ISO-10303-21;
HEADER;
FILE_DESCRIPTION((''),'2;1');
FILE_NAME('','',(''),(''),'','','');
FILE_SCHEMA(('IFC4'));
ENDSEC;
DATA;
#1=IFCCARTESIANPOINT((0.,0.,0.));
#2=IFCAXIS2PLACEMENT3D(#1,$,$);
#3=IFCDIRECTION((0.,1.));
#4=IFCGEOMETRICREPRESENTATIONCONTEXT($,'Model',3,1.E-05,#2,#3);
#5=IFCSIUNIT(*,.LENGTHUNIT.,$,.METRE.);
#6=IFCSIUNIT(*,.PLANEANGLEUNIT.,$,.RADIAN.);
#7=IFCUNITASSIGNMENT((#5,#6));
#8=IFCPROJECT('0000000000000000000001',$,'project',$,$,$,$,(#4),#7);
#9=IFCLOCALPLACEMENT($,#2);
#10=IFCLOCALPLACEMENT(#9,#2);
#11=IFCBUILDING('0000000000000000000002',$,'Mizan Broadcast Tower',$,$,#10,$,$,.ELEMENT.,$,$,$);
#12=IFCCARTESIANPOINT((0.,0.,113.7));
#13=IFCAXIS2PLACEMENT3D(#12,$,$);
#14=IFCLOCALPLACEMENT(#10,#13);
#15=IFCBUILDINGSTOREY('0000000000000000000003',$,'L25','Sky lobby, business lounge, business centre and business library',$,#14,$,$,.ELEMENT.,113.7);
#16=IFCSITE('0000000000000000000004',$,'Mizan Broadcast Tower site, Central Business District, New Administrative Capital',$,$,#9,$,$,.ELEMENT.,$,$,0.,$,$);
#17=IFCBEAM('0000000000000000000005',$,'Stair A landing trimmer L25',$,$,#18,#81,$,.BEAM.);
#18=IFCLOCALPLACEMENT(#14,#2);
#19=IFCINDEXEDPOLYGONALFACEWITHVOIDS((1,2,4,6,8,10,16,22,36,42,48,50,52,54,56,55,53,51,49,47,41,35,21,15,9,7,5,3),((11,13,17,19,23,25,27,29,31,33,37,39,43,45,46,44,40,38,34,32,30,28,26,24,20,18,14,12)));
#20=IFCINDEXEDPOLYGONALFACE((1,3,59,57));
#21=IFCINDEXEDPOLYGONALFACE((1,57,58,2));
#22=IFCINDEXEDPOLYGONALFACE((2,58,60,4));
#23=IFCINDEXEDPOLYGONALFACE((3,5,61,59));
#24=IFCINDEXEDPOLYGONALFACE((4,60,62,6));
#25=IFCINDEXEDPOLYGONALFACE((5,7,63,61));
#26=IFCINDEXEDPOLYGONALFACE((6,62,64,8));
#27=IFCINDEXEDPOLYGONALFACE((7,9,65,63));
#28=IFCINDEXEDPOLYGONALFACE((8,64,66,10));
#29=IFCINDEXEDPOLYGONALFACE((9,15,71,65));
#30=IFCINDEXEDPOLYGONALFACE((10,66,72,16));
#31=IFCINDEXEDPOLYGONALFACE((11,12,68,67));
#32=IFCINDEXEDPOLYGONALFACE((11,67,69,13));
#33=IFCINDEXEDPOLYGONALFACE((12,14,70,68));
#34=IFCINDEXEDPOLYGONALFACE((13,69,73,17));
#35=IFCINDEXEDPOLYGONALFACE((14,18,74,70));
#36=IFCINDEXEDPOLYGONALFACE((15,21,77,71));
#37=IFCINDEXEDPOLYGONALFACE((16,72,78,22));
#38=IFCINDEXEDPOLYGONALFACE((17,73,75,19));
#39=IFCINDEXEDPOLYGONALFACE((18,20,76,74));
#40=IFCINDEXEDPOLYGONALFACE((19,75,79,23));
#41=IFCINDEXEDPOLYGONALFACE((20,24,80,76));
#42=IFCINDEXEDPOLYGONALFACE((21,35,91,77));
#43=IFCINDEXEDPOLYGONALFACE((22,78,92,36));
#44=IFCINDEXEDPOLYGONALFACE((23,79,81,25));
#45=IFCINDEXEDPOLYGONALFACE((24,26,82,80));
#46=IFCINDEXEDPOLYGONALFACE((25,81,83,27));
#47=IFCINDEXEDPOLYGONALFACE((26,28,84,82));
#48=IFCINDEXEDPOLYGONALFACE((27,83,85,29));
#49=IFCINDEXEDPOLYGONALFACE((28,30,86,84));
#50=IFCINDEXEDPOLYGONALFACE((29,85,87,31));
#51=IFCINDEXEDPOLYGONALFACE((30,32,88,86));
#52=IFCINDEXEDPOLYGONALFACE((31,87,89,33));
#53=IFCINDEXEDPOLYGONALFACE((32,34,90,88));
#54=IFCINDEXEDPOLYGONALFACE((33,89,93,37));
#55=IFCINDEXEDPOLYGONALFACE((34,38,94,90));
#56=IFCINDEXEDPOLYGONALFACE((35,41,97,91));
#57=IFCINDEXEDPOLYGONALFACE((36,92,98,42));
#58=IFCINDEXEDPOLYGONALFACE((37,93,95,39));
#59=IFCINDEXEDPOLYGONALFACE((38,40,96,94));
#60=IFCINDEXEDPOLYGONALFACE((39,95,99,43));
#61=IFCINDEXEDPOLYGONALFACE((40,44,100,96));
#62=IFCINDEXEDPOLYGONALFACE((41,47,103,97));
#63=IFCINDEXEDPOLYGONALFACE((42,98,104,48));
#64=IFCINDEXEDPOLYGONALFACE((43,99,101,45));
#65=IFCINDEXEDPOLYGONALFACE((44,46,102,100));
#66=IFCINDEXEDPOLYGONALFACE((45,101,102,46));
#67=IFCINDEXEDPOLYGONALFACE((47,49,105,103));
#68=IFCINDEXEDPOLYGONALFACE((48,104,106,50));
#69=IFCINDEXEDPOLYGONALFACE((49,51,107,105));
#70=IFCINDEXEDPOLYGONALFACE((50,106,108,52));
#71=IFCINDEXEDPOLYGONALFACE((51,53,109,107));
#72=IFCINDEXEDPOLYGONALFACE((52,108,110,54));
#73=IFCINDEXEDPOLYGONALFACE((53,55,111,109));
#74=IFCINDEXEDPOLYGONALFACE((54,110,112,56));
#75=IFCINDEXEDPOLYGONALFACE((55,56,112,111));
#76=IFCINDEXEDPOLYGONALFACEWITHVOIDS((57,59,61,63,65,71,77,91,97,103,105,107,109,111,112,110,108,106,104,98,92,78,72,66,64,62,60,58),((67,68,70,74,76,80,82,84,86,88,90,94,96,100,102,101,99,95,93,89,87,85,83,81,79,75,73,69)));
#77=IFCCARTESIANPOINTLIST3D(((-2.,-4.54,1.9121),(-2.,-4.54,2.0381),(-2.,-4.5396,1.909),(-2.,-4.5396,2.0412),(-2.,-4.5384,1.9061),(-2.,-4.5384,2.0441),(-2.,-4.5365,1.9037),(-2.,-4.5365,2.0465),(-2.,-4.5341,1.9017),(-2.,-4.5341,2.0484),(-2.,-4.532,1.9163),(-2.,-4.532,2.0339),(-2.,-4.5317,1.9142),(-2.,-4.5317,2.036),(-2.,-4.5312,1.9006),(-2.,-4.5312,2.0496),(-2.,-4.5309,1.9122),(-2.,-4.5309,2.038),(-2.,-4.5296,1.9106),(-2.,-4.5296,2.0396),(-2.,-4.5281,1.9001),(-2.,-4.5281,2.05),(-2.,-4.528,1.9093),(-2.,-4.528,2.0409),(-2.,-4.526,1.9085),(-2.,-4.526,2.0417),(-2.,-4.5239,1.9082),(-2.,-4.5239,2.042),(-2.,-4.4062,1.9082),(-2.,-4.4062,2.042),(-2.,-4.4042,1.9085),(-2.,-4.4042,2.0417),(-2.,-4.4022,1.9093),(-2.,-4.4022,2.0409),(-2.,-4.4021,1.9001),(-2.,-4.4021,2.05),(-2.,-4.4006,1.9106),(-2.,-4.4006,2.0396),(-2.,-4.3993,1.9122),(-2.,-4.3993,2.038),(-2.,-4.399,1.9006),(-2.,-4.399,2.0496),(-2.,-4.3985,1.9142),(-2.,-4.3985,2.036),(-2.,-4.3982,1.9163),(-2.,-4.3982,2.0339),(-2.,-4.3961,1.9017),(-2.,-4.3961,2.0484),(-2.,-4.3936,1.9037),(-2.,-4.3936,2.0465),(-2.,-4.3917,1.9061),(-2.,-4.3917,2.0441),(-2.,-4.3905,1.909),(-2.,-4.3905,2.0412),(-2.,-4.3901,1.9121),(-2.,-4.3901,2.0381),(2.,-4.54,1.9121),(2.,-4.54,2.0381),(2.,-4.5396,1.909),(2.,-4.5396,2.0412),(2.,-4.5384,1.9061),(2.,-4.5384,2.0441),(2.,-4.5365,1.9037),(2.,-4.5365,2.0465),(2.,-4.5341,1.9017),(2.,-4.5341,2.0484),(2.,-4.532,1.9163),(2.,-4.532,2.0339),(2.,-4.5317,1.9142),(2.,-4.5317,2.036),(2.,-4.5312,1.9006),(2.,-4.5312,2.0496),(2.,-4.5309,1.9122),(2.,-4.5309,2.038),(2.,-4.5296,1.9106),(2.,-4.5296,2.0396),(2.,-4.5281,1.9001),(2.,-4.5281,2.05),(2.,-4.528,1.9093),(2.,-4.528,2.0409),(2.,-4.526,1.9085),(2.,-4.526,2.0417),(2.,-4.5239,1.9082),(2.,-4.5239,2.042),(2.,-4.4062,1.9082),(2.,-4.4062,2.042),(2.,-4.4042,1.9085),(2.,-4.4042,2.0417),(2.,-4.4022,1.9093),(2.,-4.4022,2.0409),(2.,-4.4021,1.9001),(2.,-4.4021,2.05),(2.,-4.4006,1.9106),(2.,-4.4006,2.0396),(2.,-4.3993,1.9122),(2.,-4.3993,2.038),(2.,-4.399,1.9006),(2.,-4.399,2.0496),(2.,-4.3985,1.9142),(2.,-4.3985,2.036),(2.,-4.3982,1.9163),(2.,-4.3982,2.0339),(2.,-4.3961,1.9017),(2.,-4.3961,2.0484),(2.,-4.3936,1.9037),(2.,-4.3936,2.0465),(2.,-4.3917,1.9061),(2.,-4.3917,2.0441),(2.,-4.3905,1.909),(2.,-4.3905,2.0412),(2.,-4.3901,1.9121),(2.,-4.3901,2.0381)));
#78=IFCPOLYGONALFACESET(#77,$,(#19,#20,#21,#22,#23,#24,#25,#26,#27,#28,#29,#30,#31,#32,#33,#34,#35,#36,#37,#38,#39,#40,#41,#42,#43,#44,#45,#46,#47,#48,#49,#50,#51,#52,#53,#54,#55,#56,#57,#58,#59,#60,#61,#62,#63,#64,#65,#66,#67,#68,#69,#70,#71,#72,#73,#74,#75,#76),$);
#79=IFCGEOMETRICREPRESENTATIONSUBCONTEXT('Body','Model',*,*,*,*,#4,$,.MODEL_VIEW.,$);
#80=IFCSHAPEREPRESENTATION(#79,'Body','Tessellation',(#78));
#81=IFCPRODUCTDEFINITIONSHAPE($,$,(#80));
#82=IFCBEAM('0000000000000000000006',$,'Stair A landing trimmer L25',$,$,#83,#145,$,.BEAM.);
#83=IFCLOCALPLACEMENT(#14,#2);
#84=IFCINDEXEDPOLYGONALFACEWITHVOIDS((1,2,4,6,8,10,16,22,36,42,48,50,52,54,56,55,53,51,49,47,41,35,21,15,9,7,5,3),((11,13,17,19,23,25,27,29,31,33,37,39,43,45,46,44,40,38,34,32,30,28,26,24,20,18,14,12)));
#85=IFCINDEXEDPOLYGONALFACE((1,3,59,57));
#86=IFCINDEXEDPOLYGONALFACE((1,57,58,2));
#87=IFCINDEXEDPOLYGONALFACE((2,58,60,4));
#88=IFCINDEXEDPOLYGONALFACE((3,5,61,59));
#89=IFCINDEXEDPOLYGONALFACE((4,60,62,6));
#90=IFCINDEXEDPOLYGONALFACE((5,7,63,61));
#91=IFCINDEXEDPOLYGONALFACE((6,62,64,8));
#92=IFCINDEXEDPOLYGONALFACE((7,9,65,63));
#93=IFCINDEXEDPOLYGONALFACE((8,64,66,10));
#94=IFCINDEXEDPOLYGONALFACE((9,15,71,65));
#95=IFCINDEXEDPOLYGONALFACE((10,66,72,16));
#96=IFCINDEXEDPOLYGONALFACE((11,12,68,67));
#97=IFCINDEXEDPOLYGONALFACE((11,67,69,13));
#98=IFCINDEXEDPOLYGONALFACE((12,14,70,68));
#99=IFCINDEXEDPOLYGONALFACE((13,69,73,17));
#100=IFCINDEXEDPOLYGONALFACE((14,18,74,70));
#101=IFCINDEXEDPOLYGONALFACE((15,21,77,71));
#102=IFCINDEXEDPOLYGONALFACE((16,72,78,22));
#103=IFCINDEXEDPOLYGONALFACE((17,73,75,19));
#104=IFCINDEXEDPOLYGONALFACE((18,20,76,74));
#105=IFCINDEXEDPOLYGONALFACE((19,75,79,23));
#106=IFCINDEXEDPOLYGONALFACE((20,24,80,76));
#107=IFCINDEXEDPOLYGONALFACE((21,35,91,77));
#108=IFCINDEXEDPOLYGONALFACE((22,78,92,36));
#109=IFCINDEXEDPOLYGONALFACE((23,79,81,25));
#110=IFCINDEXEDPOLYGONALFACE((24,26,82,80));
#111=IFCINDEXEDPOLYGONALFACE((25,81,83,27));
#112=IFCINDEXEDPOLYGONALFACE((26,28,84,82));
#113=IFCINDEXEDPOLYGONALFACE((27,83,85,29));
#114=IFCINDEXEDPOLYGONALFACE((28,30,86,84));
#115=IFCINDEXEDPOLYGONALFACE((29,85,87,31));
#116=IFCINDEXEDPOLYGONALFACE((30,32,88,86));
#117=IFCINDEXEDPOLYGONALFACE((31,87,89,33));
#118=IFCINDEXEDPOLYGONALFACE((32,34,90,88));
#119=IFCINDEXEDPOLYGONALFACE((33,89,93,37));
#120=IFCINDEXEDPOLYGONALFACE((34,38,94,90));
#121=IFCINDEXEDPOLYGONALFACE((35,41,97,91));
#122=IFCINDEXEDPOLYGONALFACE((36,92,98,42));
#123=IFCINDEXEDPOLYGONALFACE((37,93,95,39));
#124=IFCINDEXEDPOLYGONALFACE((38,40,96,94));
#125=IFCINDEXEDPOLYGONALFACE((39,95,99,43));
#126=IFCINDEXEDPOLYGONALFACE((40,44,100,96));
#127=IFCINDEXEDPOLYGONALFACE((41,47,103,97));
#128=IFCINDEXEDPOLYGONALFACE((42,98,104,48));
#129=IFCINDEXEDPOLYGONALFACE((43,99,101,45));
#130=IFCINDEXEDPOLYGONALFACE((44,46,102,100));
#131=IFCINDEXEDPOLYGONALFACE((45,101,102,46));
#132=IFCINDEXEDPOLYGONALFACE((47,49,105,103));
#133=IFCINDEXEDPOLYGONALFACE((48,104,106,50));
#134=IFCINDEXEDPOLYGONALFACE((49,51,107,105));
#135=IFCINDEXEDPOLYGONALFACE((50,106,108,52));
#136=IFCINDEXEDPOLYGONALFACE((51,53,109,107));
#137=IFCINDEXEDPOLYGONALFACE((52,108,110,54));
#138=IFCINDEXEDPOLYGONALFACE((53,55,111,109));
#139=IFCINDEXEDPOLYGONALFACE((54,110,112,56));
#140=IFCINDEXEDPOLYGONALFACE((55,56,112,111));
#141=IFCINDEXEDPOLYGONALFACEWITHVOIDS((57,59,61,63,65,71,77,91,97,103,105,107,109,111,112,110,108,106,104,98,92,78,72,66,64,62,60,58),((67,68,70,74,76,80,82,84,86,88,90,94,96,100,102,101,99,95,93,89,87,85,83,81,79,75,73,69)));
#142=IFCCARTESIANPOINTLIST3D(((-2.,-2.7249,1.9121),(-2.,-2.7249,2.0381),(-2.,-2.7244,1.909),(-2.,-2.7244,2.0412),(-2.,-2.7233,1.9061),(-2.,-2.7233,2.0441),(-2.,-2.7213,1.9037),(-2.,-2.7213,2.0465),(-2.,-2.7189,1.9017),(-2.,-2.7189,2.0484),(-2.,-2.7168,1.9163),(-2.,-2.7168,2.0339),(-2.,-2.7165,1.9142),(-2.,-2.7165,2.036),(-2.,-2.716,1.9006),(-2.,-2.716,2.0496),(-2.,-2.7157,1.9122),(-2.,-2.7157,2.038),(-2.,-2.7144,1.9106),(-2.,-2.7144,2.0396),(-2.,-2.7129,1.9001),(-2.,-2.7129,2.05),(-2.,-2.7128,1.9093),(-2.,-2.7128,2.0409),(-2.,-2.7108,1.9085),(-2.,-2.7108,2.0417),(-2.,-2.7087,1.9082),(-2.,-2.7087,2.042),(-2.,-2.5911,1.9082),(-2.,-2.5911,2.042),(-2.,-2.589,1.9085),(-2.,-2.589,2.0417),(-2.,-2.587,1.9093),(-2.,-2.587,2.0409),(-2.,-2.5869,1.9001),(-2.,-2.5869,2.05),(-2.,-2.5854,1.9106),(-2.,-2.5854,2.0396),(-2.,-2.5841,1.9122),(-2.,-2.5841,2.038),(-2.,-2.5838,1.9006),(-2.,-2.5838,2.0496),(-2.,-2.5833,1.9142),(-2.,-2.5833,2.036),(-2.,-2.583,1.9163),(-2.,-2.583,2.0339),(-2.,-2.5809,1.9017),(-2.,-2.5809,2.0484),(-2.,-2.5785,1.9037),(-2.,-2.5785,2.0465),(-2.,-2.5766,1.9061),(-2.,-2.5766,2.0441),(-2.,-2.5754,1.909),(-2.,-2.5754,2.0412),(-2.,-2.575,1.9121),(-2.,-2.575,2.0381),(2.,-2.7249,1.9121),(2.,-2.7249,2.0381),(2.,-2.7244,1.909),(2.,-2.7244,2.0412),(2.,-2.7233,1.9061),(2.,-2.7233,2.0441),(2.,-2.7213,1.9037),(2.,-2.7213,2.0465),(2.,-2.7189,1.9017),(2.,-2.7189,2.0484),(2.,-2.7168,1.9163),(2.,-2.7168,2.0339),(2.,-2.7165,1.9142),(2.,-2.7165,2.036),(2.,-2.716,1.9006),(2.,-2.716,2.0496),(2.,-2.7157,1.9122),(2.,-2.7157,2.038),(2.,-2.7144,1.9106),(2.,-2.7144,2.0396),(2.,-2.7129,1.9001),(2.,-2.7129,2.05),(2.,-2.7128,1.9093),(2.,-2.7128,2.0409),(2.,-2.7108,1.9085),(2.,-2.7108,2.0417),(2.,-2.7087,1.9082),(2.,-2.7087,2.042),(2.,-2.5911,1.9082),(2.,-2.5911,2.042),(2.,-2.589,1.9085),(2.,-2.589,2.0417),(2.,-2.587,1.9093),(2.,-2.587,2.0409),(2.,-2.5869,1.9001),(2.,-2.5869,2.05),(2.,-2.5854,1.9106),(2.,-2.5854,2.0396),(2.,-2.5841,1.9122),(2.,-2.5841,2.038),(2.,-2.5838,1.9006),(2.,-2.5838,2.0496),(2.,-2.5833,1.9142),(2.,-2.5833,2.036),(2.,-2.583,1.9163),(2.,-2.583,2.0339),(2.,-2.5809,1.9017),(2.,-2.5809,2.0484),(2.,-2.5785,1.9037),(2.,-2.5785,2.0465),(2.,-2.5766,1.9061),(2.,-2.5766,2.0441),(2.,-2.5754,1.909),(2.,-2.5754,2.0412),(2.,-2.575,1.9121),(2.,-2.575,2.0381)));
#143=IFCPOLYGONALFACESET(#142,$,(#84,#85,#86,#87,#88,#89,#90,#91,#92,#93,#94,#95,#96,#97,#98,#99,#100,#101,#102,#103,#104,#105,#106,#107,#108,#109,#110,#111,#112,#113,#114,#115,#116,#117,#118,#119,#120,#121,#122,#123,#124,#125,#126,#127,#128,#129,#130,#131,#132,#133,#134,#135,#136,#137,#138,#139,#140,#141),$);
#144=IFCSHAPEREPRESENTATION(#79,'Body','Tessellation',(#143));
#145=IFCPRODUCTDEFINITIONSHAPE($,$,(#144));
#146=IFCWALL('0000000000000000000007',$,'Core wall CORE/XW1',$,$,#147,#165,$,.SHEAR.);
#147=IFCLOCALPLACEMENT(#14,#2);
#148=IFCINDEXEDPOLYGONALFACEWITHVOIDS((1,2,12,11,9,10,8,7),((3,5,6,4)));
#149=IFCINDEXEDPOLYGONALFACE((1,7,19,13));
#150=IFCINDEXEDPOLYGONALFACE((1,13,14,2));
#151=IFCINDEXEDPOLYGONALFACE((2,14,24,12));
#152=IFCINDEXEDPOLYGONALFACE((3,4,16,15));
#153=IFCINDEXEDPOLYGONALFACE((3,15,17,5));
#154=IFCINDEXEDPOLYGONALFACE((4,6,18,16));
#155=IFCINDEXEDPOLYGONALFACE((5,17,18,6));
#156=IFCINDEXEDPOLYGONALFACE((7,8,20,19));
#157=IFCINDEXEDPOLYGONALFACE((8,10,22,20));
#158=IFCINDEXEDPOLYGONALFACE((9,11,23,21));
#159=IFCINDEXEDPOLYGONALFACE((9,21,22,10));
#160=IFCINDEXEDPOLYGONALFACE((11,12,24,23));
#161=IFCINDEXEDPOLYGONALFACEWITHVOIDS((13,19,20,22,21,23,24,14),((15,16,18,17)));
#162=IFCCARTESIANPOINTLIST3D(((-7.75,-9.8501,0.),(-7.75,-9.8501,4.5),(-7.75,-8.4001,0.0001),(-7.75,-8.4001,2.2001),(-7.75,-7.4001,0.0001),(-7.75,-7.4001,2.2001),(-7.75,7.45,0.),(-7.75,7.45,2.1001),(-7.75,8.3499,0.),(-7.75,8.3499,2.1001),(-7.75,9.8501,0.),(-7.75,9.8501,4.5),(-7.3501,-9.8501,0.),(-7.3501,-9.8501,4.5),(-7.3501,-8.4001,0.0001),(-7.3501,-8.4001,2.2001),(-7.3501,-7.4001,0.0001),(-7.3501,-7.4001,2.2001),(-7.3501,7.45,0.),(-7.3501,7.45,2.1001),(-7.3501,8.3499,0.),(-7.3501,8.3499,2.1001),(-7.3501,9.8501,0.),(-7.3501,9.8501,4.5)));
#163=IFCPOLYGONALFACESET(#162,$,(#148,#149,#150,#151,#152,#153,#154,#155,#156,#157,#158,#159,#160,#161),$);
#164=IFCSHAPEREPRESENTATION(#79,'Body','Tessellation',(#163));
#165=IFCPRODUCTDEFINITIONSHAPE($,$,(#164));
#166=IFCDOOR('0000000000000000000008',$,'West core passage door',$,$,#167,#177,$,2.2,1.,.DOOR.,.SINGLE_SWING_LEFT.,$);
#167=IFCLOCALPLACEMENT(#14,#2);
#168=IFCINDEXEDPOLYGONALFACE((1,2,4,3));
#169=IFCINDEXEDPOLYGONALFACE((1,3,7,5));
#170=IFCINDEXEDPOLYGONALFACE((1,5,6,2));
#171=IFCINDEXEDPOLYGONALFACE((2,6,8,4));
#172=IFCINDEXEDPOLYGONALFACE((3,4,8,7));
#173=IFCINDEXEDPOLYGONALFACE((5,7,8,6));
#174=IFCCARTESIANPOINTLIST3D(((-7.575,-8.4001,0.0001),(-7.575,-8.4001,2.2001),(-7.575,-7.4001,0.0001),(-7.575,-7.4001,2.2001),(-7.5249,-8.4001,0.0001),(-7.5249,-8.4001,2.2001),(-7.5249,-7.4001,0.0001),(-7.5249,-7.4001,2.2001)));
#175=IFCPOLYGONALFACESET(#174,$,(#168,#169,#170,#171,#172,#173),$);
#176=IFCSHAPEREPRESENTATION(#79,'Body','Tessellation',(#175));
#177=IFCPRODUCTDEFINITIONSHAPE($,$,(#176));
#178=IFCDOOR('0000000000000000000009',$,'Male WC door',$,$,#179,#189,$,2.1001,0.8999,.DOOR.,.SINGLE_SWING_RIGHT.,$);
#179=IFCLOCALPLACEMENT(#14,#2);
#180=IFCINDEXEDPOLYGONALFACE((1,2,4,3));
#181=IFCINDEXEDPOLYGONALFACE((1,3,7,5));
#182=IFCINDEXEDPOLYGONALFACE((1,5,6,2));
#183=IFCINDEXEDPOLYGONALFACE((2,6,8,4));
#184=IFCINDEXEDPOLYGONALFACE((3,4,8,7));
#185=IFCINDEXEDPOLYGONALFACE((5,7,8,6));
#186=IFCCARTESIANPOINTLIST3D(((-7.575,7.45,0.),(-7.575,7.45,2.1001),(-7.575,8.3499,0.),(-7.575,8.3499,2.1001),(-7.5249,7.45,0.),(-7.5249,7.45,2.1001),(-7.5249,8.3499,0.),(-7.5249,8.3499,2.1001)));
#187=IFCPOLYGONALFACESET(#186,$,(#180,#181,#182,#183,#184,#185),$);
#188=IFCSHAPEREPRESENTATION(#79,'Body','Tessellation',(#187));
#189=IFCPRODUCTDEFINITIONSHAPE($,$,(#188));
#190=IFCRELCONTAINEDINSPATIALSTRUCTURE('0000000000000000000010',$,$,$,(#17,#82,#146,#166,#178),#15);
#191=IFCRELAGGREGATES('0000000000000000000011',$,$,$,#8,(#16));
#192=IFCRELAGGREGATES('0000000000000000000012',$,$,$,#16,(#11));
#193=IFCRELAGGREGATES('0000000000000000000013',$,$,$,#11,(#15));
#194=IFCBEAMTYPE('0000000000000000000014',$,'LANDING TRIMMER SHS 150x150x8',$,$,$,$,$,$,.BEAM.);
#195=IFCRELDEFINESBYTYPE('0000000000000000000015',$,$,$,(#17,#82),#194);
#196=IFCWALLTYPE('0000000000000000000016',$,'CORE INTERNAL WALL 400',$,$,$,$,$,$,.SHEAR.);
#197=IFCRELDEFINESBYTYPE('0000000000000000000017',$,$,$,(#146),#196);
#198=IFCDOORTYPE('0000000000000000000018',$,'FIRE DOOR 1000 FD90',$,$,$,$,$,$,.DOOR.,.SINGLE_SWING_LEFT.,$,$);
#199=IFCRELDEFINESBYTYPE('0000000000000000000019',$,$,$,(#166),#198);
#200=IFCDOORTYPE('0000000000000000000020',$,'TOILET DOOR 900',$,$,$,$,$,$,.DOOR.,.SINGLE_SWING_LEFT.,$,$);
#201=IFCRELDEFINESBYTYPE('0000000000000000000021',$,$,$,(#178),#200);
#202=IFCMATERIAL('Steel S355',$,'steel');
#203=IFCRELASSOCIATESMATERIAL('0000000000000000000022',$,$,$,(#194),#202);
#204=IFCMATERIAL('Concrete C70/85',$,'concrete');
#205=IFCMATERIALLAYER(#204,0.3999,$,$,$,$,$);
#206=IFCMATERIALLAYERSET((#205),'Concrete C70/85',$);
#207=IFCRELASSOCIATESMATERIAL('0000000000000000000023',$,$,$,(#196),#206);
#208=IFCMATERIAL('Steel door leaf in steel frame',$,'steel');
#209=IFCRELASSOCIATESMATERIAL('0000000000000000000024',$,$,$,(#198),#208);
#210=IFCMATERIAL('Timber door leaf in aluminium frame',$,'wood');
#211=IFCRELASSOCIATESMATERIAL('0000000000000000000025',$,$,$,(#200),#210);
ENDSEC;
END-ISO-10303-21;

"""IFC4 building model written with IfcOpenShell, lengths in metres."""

from ifc_helpers import new_model, si_unit, direction, frame, frame_2d, origin, origin_2d, place, context, subcontext, project, spatial, rectangle, hollow_rectangle, extrude, material, layer, layer_set, material_profile, profile_set, type_object, element, fill, save


model = new_model("IFC4")

# Units and contexts
model_context = context("Model", 3, precision=1e-05, world=origin(), true_north=direction((0.0, 1.0)))
body_context = subcontext(model_context, "Body", "Model", "MODEL_VIEW")
ifc_project = project(units=[si_unit("LENGTHUNIT", "METRE"), si_unit("PLANEANGLEUNIT", "RADIAN")], contexts=[model_context])

# Site, building, storey
site_placement = place(None, origin())
site = spatial("IfcSite", under=ifc_project, at=site_placement, Name="Mizan Broadcast Tower site, Central Business District, New Administrative Capital", CompositionType="ELEMENT", RefElevation=0.0)
building_placement = place(site_placement, origin())
building = spatial("IfcBuilding", under=site, at=building_placement, Name="Mizan Broadcast Tower", CompositionType="ELEMENT")
storey_placement = place(building_placement, frame((0.0, 0.0, 113.7)))
storey = spatial("IfcBuildingStorey", under=building, at=storey_placement, Name="L25", Description="Sky lobby, business lounge, business centre and business library", CompositionType="ELEMENT", Elevation=113.7)

# Beams
ifc_material_1 = material(Name="Steel S355", Category="steel")
ifc_material_profile = material_profile(ifc_material_1, hollow_rectangle(XDim=0.1499, YDim=0.1499, WallThickness=0.0081, InnerFilletRadius=0.0081, OuterFilletRadius=0.012, at=origin_2d()), Name="SHS 150x150x8")
ifc_profile_set = profile_set([ifc_material_profile], Name="Steel S355")
beam_type = type_object("IfcBeamType", Name="LANDING TRIMMER SHS 150x150x8", PredefinedType="BEAM", material=ifc_profile_set)
for number, where, z_axis, x_axis, name in (
    (1, (-2.0, -4.4651, 1.9751), (1.0, 0.0, 0.0), (0.0, 1.0, 0.0), "Stair A landing trimmer L25"),
    (2, (-2.0, -2.6499, 1.9751), (1.0, 0.0, 0.0), (0.0, 1.0, 0.0), "Stair A landing trimmer L25"),
):
    element("IfcBeam", number, at=place(storey_placement, frame(where, z_axis=z_axis, x_axis=x_axis)), inside=storey, type_object=beam_type, Name=name, PredefinedType="BEAM", context=body_context, shape_type="SweptSolid", body=[
        extrude(hollow_rectangle(XDim=0.1499, YDim=0.1499, WallThickness=0.0081, InnerFilletRadius=0.0081, OuterFilletRadius=0.012, at=origin_2d()), origin(), (0.0, 0.0, 1.0), 4.0),
    ])

# Wall, openings, doors
ifc_material_2 = material(Name="Concrete C70/85", Category="concrete")
ifc_layer_1 = layer(ifc_material_2, 0.3999)
ifc_layer_set_1 = layer_set([ifc_layer_1], Name="Concrete C70/85")
wall_type_1 = type_object("IfcWallType", Name="CORE INTERNAL WALL 400", PredefinedType="SHEAR", material=ifc_layer_set_1)
wall_1_placement = place(storey_placement, frame((-7.55, -9.8501, 0.0), z_axis=(0.0, 0.0, 1.0), x_axis=(0.0, 1.0, 0.0)))
wall_1 = element("IfcWall", 3, at=wall_1_placement, inside=storey, type_object=wall_type_1, Name="Core wall CORE/XW1", PredefinedType="SHEAR", context=body_context, shape_type="SweptSolid", body=[
    extrude(rectangle(XDim=19.7002, YDim=0.3999, at=frame_2d((9.8501, 0.0))), origin(), (0.0, 0.0, 1.0), 4.5),
])
opening_1_placement = place(wall_1_placement, frame((1.45, 0.0, 0.0)))
opening_1 = element("IfcOpeningElement", 4, at=opening_1_placement, cuts=wall_1, PredefinedType="OPENING", context=body_context, shape_type="SweptSolid", body=[
    extrude(rectangle(XDim=1.0, YDim=2.2, at=frame_2d((0.5, 1.1001))), frame((0.0, 0.21, 0.0), z_axis=(0.0, -1.0, 0.0), x_axis=(1.0, 0.0, 0.0)), (0.0, 0.0, 1.0), 0.4199),
])
opening_2_placement = place(wall_1_placement, frame((17.3, 0.0, 0.0)))
opening_2 = element("IfcOpeningElement", 5, at=opening_2_placement, cuts=wall_1, PredefinedType="OPENING", context=body_context, shape_type="SweptSolid", body=[
    extrude(rectangle(XDim=0.8999, YDim=2.1001, at=frame_2d((0.45, 1.05))), frame((0.0, 0.21, 0.0), z_axis=(0.0, -1.0, 0.0), x_axis=(1.0, 0.0, 0.0)), (0.0, 0.0, 1.0), 0.4199),
])
ifc_material_3 = material(Name="Steel door leaf in steel frame", Category="steel")
door_type_1 = type_object("IfcDoorType", Name="FIRE DOOR 1000 FD90", OperationType="SINGLE_SWING_LEFT", PredefinedType="DOOR", material=ifc_material_3)
door_1_placement = place(opening_1_placement, origin())
door_1 = element("IfcDoor", 6, at=door_1_placement, inside=storey, type_object=door_type_1, Name="West core passage door", OperationType="SINGLE_SWING_LEFT", OverallHeight=2.2, OverallWidth=1.0, PredefinedType="DOOR", context=body_context, shape_type="SweptSolid", body=[
    extrude(rectangle(XDim=1.0, YDim=2.2, at=frame_2d((0.5, 1.1001))), frame((0.0, 0.0249, 0.0), z_axis=(0.0, -1.0, 0.0), x_axis=(1.0, 0.0, 0.0)), (0.0, 0.0, 1.0), 0.05),
])
fill(opening_1, door_1)
ifc_material_4 = material(Name="Timber door leaf in aluminium frame", Category="wood")
door_type_2 = type_object("IfcDoorType", Name="TOILET DOOR 900", OperationType="SINGLE_SWING_LEFT", PredefinedType="DOOR", material=ifc_material_4)
door_2_placement = place(opening_2_placement, origin())
door_2 = element("IfcDoor", 7, at=door_2_placement, inside=storey, type_object=door_type_2, Name="Male WC door", OperationType="SINGLE_SWING_RIGHT", OverallHeight=2.1001, OverallWidth=0.8999, PredefinedType="DOOR", context=body_context, shape_type="SweptSolid", body=[
    extrude(rectangle(XDim=0.8999, YDim=2.1001, at=frame_2d((0.45, 1.05))), frame((0.0, 0.0249, 0.0), z_axis=(0.0, -1.0, 0.0), x_axis=(1.0, 0.0, 0.0)), (0.0, 0.0, 1.0), 0.05),
])
fill(opening_2, door_2)

save(model, "model.ifc")
